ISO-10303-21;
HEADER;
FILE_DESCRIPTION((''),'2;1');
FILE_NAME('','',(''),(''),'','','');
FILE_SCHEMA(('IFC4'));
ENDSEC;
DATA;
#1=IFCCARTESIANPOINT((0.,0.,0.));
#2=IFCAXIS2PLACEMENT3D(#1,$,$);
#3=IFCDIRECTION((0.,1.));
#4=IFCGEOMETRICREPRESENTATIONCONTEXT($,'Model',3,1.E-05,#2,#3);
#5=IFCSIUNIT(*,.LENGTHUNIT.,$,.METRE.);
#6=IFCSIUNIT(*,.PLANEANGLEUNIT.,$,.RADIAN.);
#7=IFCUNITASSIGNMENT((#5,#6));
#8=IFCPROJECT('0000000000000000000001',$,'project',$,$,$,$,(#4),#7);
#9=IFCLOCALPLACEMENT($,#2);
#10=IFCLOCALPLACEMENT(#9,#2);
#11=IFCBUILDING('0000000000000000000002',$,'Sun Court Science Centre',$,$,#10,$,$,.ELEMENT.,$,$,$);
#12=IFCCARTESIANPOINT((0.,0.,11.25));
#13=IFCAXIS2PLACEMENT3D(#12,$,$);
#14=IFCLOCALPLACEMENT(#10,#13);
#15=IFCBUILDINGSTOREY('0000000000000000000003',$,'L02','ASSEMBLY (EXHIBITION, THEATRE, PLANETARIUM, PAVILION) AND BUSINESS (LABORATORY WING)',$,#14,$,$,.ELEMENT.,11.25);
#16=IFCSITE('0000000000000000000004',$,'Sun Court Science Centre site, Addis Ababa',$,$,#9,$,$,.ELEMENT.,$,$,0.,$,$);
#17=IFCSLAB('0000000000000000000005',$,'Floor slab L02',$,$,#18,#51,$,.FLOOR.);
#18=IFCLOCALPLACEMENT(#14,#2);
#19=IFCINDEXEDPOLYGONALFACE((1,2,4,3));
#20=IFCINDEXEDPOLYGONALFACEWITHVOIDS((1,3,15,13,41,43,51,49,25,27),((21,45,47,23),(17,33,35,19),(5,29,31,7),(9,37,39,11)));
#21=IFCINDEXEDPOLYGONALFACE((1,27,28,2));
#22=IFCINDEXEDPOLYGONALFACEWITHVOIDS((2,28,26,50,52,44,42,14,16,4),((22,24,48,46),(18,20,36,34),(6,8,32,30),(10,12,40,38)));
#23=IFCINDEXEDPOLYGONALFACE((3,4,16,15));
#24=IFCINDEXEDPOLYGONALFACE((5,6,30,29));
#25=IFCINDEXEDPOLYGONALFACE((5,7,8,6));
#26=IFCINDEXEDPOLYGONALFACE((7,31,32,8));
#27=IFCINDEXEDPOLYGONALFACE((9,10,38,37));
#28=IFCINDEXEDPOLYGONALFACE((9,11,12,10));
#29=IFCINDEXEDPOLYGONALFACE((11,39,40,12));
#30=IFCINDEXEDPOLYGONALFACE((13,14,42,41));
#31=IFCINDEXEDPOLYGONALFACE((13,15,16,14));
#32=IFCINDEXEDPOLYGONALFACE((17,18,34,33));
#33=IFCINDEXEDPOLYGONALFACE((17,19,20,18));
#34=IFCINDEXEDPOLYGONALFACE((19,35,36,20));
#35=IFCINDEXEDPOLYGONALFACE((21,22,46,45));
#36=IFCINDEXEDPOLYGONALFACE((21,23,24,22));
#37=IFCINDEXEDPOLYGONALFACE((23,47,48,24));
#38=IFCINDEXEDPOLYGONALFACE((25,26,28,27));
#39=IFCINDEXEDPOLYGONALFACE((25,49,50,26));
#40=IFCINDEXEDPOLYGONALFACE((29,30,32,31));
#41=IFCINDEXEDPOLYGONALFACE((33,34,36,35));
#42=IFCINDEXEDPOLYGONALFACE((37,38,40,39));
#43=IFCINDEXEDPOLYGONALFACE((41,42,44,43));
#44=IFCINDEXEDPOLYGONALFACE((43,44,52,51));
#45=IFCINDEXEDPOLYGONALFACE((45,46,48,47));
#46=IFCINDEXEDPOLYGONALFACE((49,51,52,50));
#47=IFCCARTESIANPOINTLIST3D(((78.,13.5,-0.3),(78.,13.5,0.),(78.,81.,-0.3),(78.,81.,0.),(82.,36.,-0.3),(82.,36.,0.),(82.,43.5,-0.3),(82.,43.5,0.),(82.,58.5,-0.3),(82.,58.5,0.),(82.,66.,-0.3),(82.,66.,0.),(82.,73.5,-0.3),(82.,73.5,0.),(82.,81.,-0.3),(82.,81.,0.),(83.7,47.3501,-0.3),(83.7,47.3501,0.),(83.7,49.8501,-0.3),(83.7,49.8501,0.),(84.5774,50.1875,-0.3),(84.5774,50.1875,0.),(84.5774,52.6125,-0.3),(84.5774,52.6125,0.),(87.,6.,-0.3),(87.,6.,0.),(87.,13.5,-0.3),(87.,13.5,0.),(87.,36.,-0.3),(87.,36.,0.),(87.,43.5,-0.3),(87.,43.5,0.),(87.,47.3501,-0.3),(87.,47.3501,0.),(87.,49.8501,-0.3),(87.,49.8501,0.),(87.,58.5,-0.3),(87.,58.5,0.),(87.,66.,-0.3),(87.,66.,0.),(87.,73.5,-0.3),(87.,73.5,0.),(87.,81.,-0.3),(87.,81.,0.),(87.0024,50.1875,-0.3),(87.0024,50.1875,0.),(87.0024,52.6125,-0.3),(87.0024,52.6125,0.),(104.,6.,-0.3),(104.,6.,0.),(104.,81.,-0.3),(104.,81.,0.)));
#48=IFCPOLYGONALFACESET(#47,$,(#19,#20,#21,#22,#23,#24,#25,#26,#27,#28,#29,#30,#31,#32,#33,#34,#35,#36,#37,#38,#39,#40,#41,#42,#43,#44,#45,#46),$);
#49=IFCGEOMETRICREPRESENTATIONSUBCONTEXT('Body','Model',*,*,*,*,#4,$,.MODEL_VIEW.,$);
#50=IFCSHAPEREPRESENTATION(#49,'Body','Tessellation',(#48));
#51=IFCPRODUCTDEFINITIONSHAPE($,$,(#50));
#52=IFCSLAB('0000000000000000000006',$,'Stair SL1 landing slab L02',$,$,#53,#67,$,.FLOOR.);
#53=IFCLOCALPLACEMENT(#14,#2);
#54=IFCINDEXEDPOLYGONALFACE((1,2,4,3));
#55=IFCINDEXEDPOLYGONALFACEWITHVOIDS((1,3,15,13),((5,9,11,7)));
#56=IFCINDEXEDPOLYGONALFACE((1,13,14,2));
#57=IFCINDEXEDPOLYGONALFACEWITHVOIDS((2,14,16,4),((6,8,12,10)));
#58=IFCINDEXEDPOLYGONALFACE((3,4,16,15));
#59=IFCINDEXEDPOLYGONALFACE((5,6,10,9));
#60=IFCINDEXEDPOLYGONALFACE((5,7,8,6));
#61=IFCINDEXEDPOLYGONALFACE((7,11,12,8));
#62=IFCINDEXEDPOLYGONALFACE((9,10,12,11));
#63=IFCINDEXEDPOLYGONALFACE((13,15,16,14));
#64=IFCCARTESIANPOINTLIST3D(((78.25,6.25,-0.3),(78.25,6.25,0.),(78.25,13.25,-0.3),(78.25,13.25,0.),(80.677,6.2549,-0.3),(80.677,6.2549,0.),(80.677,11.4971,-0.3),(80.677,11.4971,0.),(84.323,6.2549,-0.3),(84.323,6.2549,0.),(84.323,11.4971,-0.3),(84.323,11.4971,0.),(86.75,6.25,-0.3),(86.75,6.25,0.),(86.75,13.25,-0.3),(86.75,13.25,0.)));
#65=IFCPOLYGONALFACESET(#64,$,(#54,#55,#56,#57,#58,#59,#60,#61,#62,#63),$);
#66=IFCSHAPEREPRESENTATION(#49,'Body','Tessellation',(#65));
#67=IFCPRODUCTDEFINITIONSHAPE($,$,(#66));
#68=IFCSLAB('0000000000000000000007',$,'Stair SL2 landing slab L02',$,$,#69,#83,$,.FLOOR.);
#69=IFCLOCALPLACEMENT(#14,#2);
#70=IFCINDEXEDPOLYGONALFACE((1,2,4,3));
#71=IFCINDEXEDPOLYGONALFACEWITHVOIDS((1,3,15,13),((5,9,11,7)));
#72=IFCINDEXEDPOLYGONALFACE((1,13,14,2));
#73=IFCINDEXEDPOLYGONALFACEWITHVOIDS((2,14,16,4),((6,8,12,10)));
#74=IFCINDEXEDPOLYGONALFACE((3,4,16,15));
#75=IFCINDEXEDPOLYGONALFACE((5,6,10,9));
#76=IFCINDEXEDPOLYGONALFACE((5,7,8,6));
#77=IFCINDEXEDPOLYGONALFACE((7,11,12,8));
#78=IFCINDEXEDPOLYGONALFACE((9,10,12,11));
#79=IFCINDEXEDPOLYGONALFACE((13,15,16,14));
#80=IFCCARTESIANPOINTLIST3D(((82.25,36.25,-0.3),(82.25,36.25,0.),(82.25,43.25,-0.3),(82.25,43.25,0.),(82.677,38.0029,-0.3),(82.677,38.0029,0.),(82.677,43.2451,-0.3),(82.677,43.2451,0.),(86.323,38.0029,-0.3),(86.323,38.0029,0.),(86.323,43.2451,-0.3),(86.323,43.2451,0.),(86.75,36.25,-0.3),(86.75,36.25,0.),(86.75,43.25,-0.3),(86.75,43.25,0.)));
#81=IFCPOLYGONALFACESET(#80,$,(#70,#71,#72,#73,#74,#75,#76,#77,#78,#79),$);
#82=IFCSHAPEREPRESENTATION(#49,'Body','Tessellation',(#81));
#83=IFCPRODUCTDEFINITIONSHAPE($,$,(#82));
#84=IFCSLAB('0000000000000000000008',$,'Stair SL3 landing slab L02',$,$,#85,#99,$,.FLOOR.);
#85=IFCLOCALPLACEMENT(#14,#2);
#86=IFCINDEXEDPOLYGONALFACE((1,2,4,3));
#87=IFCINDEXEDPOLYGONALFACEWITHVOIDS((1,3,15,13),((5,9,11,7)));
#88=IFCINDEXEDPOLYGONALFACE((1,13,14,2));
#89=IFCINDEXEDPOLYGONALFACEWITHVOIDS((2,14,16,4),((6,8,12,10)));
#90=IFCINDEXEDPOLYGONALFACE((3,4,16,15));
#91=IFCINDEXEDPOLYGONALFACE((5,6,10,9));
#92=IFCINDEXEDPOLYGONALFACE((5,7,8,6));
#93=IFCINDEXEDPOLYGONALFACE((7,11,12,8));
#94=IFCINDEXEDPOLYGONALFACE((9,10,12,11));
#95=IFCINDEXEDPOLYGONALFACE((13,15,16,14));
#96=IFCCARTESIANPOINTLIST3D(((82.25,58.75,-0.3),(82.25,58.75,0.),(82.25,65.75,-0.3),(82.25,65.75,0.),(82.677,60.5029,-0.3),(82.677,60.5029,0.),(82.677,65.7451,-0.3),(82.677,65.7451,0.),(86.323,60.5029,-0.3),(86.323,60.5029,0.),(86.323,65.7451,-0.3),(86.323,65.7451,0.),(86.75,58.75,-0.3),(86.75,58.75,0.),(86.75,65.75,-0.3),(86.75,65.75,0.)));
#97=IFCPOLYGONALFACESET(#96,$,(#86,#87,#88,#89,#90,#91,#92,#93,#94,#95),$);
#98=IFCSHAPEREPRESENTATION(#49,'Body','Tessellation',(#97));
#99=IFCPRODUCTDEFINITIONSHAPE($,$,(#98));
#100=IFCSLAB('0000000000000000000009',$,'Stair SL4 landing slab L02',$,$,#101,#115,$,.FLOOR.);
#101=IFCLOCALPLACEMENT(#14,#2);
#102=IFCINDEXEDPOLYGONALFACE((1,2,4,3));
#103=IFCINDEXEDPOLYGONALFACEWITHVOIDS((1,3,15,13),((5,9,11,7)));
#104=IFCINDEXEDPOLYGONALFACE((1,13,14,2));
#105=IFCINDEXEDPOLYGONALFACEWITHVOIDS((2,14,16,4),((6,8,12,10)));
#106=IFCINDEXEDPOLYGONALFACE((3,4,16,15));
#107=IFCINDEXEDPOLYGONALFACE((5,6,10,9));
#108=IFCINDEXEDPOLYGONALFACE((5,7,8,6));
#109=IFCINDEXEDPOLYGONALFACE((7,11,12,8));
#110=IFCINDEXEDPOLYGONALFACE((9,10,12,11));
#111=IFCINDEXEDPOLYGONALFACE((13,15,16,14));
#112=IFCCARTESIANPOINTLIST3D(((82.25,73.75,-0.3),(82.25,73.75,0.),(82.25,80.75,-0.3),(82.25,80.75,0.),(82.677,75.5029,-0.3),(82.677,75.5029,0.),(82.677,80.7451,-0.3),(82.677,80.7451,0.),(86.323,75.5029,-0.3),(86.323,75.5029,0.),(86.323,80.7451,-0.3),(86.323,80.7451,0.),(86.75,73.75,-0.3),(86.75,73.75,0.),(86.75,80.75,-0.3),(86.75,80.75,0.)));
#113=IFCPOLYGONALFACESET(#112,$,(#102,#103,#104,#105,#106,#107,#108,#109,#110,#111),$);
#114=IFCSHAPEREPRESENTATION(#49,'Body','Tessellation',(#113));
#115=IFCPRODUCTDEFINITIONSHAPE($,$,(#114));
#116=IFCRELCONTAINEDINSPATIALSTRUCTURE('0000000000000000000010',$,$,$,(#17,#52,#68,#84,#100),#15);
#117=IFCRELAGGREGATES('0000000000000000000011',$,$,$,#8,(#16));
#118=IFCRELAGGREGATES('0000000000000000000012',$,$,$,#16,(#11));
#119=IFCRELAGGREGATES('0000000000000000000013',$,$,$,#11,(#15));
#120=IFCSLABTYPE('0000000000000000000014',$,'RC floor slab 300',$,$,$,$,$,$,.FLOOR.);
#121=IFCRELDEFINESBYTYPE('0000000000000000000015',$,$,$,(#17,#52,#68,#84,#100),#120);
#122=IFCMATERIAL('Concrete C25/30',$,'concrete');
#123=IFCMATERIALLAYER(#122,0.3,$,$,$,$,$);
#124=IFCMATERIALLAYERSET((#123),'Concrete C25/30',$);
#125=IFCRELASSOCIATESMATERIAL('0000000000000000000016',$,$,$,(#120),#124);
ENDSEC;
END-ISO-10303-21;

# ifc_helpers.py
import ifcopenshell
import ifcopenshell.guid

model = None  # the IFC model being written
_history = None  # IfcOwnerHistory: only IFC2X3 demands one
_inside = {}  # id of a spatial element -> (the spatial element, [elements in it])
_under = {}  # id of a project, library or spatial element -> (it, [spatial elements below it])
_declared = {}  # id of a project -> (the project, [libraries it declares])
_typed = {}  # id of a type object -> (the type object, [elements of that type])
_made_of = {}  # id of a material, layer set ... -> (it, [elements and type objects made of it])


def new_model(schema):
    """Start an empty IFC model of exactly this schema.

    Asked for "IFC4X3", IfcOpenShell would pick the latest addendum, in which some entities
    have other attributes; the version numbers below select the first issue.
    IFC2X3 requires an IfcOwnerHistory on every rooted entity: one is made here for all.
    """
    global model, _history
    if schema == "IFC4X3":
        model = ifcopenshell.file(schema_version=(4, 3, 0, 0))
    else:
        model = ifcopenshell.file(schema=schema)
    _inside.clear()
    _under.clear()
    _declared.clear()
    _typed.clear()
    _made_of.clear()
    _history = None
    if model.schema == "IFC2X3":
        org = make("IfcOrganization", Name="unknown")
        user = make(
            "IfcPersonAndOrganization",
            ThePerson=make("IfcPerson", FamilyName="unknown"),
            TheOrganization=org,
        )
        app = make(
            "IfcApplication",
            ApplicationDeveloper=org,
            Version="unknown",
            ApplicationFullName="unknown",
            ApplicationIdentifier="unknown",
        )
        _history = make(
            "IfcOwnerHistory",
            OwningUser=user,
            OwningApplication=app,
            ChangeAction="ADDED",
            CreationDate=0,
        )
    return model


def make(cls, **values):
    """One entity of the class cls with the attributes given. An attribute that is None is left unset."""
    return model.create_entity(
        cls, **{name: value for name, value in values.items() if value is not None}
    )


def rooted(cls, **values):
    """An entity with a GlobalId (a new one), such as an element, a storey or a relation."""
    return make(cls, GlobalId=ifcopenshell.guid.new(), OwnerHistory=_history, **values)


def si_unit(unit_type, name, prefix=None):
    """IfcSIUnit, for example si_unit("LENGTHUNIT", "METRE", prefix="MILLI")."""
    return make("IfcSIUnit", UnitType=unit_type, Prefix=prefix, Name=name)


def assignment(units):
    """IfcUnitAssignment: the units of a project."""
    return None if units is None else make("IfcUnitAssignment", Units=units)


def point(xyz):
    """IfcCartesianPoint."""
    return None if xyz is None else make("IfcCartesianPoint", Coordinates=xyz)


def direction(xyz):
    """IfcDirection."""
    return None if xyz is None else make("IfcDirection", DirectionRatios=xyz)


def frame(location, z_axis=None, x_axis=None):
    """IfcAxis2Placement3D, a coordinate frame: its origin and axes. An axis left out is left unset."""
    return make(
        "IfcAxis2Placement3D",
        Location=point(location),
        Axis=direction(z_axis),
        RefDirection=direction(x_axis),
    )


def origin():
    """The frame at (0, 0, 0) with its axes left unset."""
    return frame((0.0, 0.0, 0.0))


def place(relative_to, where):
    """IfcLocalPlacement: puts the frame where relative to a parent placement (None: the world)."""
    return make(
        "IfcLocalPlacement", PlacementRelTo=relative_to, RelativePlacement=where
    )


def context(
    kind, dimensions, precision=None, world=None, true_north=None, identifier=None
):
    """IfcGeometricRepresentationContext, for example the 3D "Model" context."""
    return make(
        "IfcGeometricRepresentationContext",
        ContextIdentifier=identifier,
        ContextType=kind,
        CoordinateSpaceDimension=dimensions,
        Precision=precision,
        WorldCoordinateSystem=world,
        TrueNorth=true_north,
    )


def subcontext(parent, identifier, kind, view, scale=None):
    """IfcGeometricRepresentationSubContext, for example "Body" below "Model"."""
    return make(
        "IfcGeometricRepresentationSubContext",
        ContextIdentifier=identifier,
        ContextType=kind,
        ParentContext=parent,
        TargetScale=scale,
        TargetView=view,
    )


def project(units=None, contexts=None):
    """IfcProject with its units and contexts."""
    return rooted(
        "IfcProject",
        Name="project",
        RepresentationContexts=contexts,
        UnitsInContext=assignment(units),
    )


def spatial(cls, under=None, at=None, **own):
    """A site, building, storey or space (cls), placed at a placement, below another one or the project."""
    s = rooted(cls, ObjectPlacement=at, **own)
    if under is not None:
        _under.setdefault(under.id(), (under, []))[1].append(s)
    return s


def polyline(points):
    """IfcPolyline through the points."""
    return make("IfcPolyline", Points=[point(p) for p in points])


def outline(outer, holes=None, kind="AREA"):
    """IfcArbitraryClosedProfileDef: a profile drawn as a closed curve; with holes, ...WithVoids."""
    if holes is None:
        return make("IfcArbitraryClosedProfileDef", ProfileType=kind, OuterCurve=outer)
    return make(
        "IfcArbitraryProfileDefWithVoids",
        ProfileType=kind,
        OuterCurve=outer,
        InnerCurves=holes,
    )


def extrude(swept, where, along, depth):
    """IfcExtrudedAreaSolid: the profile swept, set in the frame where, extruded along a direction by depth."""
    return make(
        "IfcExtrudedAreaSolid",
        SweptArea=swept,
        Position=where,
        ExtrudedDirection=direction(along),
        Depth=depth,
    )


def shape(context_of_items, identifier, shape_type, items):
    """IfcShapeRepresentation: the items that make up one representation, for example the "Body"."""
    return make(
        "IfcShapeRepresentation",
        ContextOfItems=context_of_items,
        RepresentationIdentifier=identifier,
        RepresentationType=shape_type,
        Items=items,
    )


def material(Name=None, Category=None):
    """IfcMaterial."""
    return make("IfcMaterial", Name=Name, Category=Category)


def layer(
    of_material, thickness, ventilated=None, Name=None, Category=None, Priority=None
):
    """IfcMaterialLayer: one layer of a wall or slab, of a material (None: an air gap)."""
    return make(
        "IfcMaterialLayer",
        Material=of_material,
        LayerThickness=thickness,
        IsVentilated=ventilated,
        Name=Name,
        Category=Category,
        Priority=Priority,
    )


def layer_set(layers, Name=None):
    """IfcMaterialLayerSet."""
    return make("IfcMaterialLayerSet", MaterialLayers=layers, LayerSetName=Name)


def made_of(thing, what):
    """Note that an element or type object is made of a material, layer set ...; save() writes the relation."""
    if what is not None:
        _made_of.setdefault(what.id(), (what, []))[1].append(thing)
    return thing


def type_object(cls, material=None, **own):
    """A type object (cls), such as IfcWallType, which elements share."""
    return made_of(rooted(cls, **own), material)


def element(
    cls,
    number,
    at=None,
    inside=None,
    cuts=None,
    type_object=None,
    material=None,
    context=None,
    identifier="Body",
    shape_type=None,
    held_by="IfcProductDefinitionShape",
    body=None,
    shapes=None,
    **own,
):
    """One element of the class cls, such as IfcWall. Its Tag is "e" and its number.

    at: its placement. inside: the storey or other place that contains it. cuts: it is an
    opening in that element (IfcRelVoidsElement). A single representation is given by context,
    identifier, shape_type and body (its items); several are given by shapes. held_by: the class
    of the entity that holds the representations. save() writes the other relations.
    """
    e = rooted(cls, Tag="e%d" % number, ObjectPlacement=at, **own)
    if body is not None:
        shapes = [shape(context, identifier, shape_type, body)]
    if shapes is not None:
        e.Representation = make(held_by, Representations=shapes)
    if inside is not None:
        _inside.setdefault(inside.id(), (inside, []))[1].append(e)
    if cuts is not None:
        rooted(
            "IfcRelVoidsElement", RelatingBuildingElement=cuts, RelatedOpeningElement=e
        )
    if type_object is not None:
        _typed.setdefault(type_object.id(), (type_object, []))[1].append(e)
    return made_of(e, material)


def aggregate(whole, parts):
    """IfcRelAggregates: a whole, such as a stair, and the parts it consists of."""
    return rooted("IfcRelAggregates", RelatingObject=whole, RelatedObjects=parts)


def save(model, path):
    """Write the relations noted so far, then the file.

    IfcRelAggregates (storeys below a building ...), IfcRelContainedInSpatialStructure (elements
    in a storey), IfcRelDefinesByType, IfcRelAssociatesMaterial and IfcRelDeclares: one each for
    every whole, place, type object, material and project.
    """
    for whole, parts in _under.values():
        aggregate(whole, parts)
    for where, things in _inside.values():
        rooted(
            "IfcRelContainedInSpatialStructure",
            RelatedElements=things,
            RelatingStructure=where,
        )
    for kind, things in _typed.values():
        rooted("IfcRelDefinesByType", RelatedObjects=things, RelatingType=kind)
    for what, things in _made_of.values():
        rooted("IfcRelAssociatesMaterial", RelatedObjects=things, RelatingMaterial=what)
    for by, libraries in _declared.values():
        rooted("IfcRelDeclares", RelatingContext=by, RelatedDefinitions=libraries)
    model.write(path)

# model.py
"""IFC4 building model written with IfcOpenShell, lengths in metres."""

from ifc_helpers import new_model, si_unit, direction, frame, origin, place, context, subcontext, project, spatial, polyline, outline, extrude, material, layer, layer_set, type_object, element, save


model = new_model("IFC4")

# Units and contexts
model_context = context("Model", 3, precision=1e-05, world=origin(), true_north=direction((0.0, 1.0)))
body_context = subcontext(model_context, "Body", "Model", "MODEL_VIEW")
ifc_project = project(units=[si_unit("LENGTHUNIT", "METRE"), si_unit("PLANEANGLEUNIT", "RADIAN")], contexts=[model_context])

# Site, building, storey
site_placement = place(None, origin())
site = spatial("IfcSite", under=ifc_project, at=site_placement, Name="Sun Court Science Centre site, Addis Ababa", CompositionType="ELEMENT", RefElevation=0.0)
building_placement = place(site_placement, origin())
building = spatial("IfcBuilding", under=site, at=building_placement, Name="Sun Court Science Centre", CompositionType="ELEMENT")
storey_placement = place(building_placement, frame((0.0, 0.0, 11.25)))
storey = spatial("IfcBuildingStorey", under=building, at=storey_placement, Name="L02", Description="ASSEMBLY (EXHIBITION, THEATRE, PLANETARIUM, PAVILION) AND BUSINESS (LABORATORY WING)", CompositionType="ELEMENT", Elevation=11.25)

# Slabs
ifc_material_1 = material(Name="Concrete C25/30", Category="concrete")
ifc_layer_1 = layer(ifc_material_1, 0.3)
ifc_layer_set_1 = layer_set([ifc_layer_1], Name="Concrete C25/30")
slab_type = type_object("IfcSlabType", Name="RC floor slab 300", PredefinedType="FLOOR", material=ifc_layer_set_1)
slab_1_placement = place(storey_placement, frame((0.0, 0.0, -0.3)))
element("IfcSlab", 1, at=slab_1_placement, inside=storey, type_object=slab_type, Name="Floor slab L02", PredefinedType="FLOOR", context=body_context, shape_type="SweptSolid", body=[
    extrude(outline(polyline([(104.0, 6.0), (104.0, 81.0), (87.0, 81.0), (87.0, 73.5), (82.0, 73.5), (82.0, 81.0), (78.0, 81.0), (78.0, 13.5), (87.0, 13.5), (87.0, 6.0), (104.0, 6.0)]), holes=[polyline([(84.5774, 50.1875), (84.5774, 52.6125), (87.0024, 52.6125), (87.0024, 50.1875), (84.5774, 50.1875)]), polyline([(82.0, 43.5), (87.0, 43.5), (87.0, 36.0), (82.0, 36.0), (82.0, 43.5)]), polyline([(82.0, 66.0), (87.0, 66.0), (87.0, 58.5), (82.0, 58.5), (82.0, 66.0)]), polyline([(83.7, 49.8501), (87.0, 49.8501), (87.0, 47.3501), (83.7, 47.3501), (83.7, 49.8501)])]), origin(), (0.0, 0.0, 1.0), 0.3),
])
slab_2_placement = place(storey_placement, frame((0.0, 0.0, -0.3)))
element("IfcSlab", 2, at=slab_2_placement, inside=storey, type_object=slab_type, Name="Stair SL1 landing slab L02", PredefinedType="FLOOR", context=body_context, shape_type="SweptSolid", body=[
    extrude(outline(polyline([(78.25, 13.25), (78.25, 6.25), (86.75, 6.25), (86.75, 13.25), (78.25, 13.25)]), holes=[polyline([(80.677, 6.2549), (80.677, 11.4971), (84.323, 11.4971), (84.323, 6.2549), (80.677, 6.2549)])]), origin(), (0.0, 0.0, 1.0), 0.3),
])
slab_3_placement = place(storey_placement, frame((0.0, 0.0, -0.3)))
element("IfcSlab", 3, at=slab_3_placement, inside=storey, type_object=slab_type, Name="Stair SL2 landing slab L02", PredefinedType="FLOOR", context=body_context, shape_type="SweptSolid", body=[
    extrude(outline(polyline([(82.25, 43.25), (82.25, 36.25), (86.75, 36.25), (86.75, 43.25), (82.25, 43.25)]), holes=[polyline([(86.323, 43.2451), (86.323, 38.0029), (82.677, 38.0029), (82.677, 43.2451), (86.323, 43.2451)])]), origin(), (0.0, 0.0, 1.0), 0.3),
])
slab_4_placement = place(storey_placement, frame((0.0, 0.0, -0.3)))
element("IfcSlab", 4, at=slab_4_placement, inside=storey, type_object=slab_type, Name="Stair SL3 landing slab L02", PredefinedType="FLOOR", context=body_context, shape_type="SweptSolid", body=[
    extrude(outline(polyline([(82.25, 65.75), (82.25, 58.75), (86.75, 58.75), (86.75, 65.75), (82.25, 65.75)]), holes=[polyline([(86.323, 65.7451), (86.323, 60.5029), (82.677, 60.5029), (82.677, 65.7451), (86.323, 65.7451)])]), origin(), (0.0, 0.0, 1.0), 0.3),
])
slab_5_placement = place(storey_placement, frame((0.0, 0.0, -0.3)))
element("IfcSlab", 5, at=slab_5_placement, inside=storey, type_object=slab_type, Name="Stair SL4 landing slab L02", PredefinedType="FLOOR", context=body_context, shape_type="SweptSolid", body=[
    extrude(outline(polyline([(82.25, 80.75), (82.25, 73.75), (86.75, 73.75), (86.75, 80.75), (82.25, 80.75)]), holes=[polyline([(86.323, 80.7451), (86.323, 75.5029), (82.677, 75.5029), (82.677, 80.7451), (86.323, 80.7451)])]), origin(), (0.0, 0.0, 1.0), 0.3),
])

save(model, "model.ifc")
